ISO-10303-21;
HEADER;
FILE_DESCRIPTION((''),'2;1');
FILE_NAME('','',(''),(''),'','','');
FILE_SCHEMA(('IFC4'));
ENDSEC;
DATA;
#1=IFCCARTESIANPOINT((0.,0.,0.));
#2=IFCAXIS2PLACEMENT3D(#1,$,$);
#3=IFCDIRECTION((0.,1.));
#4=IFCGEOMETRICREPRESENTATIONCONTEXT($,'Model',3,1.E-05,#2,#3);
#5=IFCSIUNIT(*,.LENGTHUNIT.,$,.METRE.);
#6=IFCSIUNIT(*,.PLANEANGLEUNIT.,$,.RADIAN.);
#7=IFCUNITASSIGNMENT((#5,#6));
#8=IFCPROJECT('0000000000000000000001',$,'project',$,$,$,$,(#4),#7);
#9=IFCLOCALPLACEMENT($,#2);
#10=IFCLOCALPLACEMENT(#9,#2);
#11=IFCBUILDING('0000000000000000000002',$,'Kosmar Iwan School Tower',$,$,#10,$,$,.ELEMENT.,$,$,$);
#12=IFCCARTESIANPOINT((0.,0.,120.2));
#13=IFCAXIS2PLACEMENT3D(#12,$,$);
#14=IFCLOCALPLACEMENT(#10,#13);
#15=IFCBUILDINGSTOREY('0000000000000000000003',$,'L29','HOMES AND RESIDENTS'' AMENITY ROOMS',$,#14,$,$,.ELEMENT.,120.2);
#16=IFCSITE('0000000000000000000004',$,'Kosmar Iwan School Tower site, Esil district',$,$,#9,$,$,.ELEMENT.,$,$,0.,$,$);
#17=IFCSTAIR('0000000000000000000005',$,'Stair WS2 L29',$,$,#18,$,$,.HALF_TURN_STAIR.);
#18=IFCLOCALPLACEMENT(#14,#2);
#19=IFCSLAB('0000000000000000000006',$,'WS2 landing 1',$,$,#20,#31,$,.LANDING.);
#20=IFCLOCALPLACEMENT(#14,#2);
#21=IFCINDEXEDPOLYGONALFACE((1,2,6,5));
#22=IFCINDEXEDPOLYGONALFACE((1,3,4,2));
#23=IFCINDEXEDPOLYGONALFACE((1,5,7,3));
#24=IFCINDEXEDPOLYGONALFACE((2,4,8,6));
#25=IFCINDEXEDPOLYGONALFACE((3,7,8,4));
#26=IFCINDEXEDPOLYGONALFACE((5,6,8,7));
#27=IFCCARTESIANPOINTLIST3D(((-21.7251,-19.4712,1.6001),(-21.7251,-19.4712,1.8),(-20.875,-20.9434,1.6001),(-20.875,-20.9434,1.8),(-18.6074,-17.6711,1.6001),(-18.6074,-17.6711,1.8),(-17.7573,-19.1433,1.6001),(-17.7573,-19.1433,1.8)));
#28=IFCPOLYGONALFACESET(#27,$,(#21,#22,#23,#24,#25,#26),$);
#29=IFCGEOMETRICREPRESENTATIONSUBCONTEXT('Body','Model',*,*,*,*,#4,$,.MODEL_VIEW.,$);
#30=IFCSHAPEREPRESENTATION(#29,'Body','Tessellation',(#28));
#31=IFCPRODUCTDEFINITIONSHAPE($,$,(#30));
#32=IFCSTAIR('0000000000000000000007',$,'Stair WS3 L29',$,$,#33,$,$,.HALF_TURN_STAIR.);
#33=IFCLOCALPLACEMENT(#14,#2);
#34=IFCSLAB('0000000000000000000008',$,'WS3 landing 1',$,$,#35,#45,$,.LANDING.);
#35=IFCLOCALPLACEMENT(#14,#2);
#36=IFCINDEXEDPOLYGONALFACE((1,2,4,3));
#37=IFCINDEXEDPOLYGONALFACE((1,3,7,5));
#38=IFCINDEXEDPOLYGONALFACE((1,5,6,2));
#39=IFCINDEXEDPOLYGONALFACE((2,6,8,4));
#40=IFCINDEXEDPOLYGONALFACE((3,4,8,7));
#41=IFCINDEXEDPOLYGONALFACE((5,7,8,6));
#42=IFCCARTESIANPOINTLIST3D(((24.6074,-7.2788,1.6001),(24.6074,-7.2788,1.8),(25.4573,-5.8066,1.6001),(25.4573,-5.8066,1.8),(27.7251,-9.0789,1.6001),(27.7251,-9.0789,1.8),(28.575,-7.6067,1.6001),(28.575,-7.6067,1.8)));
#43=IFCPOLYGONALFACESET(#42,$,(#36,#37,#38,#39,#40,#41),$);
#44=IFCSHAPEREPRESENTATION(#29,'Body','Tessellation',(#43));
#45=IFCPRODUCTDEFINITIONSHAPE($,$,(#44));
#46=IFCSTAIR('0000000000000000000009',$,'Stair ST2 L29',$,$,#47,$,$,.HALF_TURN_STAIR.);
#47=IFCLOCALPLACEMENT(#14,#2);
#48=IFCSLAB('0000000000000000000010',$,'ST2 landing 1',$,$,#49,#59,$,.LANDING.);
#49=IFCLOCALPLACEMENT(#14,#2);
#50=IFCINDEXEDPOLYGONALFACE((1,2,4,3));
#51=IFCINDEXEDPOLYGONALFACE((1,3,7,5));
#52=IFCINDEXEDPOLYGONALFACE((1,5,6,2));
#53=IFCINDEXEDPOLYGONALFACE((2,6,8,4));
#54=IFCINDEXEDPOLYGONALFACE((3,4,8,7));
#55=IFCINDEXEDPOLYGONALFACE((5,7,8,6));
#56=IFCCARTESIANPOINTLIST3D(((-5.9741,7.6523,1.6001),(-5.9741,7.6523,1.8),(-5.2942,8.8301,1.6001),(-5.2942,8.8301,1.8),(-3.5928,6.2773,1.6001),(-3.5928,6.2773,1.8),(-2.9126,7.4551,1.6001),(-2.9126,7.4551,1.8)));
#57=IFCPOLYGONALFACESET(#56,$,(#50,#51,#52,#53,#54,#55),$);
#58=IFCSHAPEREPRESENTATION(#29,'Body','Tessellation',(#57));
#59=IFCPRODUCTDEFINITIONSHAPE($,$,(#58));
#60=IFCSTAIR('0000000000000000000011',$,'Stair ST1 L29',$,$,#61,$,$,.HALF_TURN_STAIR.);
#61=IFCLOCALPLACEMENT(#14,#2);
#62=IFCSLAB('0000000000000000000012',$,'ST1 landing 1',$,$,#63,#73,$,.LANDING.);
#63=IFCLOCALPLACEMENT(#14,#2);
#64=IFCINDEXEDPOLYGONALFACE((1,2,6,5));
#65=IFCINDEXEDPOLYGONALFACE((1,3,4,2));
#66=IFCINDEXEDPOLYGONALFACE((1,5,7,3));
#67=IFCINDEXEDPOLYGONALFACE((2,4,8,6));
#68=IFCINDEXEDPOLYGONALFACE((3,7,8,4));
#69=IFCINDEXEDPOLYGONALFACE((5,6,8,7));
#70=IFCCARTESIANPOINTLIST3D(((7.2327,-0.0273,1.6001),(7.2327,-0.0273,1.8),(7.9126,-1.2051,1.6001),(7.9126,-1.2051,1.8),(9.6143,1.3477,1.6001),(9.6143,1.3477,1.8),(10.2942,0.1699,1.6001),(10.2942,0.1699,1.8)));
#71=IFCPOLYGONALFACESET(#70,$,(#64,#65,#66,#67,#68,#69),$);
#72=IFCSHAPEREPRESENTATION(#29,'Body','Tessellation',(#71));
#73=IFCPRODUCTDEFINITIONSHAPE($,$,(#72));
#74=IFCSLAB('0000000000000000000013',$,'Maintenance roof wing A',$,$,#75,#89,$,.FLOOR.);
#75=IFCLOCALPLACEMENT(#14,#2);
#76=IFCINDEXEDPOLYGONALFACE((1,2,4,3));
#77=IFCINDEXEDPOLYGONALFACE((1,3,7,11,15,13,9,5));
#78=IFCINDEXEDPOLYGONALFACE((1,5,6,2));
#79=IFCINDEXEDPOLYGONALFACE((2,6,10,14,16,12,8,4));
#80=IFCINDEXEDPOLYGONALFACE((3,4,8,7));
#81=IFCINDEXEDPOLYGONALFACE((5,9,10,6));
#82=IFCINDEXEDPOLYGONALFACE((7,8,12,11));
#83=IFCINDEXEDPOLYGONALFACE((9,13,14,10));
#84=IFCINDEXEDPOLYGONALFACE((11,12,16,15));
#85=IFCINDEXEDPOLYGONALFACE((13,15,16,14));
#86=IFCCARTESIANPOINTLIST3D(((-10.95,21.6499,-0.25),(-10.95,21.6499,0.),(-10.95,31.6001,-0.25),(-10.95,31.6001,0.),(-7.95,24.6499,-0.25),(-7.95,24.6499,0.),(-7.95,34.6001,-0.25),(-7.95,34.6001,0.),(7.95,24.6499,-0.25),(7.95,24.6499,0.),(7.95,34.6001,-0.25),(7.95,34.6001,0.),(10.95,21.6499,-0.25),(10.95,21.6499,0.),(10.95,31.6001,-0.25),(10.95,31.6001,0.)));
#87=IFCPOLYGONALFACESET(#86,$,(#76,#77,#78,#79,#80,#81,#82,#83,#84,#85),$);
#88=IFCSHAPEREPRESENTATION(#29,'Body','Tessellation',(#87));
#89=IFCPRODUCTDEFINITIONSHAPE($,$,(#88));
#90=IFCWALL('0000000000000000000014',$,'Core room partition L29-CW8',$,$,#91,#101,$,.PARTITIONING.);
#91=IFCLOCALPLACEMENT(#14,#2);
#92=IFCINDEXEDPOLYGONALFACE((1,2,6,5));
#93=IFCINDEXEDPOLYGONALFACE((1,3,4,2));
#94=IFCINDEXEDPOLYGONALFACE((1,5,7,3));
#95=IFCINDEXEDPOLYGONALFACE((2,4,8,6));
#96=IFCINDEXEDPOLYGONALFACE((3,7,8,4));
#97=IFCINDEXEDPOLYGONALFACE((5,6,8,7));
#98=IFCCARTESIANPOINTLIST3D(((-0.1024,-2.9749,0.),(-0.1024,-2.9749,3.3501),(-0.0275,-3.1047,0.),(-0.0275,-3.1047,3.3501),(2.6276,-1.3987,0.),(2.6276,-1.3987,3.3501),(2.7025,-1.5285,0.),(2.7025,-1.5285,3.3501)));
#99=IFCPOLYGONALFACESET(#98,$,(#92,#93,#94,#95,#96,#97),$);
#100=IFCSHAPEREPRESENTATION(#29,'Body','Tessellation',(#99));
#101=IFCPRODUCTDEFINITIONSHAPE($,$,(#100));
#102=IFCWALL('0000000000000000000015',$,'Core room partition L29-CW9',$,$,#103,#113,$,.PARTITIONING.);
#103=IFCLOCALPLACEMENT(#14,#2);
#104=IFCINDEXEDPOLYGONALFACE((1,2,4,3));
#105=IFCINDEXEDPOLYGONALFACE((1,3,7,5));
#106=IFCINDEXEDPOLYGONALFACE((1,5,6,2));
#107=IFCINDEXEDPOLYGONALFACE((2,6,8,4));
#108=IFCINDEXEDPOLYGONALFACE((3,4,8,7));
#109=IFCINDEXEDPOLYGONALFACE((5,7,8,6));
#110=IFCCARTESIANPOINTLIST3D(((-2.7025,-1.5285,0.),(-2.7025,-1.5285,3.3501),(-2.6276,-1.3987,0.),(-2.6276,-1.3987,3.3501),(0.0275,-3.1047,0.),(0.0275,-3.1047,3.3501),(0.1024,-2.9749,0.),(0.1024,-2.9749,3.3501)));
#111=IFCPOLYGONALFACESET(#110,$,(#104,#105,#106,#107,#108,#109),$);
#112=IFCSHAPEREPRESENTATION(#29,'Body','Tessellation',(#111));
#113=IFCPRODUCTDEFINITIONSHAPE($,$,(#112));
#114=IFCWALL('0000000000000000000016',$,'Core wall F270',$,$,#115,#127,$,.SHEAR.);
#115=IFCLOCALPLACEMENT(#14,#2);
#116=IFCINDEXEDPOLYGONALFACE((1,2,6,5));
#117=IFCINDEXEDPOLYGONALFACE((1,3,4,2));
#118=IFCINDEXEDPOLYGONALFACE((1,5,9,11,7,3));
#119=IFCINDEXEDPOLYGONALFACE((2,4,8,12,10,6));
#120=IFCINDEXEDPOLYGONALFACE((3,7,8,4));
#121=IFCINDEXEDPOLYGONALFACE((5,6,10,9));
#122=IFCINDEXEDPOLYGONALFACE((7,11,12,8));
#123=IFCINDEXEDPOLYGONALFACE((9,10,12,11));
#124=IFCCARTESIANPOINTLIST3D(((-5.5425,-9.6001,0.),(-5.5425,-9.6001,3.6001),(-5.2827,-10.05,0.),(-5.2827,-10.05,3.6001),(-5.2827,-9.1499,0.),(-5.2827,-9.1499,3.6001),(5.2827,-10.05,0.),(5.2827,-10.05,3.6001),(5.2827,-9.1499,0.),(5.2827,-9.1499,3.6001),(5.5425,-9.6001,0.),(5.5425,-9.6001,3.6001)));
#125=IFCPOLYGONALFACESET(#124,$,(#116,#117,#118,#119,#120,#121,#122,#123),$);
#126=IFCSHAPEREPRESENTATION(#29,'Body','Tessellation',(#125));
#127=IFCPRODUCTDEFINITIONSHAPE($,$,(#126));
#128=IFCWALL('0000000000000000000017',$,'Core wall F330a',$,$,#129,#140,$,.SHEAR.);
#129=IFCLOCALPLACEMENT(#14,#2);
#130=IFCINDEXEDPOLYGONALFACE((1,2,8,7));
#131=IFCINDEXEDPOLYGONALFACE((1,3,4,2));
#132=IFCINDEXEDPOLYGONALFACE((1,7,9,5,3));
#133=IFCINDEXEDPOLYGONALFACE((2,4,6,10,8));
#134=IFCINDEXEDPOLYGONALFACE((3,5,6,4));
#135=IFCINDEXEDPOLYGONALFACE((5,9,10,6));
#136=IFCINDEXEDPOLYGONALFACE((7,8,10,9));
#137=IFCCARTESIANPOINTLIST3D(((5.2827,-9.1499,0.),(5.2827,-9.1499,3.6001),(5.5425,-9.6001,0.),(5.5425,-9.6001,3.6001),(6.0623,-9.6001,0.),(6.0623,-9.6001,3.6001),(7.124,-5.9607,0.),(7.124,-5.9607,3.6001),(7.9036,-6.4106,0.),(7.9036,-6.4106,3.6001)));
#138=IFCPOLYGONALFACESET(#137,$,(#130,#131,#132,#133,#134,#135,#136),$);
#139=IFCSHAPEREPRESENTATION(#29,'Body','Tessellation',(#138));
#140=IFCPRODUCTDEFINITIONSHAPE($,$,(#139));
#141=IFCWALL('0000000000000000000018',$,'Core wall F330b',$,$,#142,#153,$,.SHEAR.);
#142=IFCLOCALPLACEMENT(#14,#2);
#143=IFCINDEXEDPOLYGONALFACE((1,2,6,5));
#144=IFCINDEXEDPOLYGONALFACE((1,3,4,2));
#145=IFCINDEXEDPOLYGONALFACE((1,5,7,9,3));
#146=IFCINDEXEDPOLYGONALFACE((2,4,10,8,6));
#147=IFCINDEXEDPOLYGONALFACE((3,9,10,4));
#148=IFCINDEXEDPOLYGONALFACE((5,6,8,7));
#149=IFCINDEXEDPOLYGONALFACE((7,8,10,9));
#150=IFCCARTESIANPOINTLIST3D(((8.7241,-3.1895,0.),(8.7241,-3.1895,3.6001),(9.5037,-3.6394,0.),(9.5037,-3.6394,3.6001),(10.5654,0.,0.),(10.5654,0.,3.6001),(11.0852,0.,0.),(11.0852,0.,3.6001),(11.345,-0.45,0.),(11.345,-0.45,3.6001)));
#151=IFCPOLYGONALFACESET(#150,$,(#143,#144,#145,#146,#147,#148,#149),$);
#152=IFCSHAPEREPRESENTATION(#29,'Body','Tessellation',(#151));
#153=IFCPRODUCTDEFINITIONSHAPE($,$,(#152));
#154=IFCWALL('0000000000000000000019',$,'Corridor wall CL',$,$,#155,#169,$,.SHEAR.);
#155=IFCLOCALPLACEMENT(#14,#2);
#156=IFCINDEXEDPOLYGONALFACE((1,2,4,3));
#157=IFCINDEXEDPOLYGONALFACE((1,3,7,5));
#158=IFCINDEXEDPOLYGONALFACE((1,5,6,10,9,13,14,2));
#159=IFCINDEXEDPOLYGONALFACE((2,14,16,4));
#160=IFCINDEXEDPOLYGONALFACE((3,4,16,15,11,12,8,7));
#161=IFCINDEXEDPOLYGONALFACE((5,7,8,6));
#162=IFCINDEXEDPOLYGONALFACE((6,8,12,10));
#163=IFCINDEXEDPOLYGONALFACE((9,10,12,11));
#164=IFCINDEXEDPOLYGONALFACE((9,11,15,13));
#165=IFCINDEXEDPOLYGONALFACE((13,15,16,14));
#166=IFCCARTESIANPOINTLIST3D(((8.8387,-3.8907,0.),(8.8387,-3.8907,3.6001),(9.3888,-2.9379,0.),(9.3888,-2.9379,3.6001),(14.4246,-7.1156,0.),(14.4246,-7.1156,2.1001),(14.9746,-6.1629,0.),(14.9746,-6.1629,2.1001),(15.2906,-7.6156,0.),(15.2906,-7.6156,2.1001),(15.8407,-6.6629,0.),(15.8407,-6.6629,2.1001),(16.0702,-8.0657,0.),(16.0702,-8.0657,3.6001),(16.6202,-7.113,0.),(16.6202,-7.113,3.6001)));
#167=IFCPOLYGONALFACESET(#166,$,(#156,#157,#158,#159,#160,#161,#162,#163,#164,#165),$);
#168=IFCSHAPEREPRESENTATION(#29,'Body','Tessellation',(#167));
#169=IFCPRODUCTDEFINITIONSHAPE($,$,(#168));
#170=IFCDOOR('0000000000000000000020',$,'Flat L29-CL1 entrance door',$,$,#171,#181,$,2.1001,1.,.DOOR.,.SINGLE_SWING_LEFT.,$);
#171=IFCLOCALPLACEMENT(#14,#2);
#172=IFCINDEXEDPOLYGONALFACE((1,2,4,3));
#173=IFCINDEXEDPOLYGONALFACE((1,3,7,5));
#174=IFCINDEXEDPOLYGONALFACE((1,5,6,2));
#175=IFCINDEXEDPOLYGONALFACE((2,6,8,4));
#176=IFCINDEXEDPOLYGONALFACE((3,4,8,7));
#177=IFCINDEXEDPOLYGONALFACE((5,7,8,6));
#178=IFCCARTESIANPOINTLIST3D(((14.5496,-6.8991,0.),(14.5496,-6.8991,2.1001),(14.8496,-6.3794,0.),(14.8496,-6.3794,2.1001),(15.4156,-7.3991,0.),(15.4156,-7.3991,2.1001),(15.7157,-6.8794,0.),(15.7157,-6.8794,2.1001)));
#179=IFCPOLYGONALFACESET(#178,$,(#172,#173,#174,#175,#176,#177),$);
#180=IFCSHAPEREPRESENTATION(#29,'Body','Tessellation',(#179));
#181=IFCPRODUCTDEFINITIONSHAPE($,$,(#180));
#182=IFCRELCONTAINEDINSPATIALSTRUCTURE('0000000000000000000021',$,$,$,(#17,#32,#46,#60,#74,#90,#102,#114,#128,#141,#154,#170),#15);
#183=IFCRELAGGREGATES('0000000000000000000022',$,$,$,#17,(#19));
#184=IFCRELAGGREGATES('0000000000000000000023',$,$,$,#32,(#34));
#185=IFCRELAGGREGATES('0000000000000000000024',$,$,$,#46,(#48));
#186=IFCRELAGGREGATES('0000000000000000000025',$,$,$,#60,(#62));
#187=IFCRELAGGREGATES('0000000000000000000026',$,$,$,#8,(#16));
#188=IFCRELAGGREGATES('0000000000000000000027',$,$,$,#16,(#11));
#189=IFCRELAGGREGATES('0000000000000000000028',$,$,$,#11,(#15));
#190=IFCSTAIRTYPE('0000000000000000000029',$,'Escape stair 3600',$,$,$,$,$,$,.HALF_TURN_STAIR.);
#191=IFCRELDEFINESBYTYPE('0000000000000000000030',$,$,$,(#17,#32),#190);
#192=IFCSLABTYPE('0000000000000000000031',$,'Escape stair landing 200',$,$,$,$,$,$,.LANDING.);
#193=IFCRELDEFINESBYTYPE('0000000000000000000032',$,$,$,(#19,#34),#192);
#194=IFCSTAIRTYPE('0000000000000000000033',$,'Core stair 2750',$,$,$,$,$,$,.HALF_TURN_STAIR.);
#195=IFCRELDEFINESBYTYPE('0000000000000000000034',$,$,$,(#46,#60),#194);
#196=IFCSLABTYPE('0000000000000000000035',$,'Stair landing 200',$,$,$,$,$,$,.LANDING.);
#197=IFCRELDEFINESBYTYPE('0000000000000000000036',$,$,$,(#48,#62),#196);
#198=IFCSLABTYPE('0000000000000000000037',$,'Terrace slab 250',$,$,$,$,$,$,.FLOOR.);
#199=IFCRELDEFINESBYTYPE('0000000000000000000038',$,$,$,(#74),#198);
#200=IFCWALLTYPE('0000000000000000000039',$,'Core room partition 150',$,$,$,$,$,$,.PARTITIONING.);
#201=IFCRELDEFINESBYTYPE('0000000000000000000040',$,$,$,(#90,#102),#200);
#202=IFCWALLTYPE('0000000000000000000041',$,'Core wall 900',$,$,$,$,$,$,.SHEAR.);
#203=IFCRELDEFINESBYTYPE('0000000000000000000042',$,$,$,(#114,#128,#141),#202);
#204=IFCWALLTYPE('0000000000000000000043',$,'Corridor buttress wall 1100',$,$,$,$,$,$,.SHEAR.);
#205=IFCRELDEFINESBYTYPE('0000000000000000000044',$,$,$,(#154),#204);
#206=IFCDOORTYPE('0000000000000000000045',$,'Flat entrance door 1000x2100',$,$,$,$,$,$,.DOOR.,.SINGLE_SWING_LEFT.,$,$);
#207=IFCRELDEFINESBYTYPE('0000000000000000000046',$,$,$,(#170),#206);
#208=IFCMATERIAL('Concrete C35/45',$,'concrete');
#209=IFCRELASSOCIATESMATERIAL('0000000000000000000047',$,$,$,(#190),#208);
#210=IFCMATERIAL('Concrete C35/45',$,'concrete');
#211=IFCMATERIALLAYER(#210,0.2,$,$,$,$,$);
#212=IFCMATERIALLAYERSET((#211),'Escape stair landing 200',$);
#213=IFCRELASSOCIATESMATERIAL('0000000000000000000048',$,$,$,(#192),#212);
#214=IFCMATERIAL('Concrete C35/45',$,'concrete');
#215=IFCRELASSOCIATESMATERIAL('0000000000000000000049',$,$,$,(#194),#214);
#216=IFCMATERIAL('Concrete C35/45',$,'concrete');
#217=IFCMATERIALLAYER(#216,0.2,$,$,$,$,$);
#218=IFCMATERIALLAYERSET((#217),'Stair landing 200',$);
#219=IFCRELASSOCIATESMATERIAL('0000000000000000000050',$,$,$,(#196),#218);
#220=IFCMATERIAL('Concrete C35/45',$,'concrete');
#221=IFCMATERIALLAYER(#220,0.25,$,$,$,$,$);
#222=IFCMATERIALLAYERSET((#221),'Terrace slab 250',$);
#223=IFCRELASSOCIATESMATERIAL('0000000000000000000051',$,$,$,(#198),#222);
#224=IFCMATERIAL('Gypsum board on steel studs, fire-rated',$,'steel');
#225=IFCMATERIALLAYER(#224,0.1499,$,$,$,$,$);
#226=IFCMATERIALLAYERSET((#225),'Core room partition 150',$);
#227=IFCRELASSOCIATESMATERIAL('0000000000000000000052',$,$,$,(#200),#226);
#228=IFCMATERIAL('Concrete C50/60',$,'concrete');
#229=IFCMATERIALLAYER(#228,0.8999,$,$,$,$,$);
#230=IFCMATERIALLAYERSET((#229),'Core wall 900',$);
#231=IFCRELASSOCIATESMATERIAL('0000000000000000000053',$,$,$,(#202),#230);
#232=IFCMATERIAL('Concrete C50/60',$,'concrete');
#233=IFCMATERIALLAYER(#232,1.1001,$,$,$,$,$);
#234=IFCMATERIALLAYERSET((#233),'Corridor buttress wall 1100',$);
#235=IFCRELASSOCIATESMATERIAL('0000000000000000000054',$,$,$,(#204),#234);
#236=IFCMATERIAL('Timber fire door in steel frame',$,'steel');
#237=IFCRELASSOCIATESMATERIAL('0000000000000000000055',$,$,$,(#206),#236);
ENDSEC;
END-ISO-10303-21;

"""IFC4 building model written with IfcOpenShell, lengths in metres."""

from ifc_helpers import new_model, si_unit, direction, frame, frame_2d, origin, place, context, subcontext, project, spatial, polyline, rectangle, outline, extrude, material, layer, layer_set, type_object, element, fill, aggregate, save


model = new_model("IFC4")

# Units and contexts
model_context = context("Model", 3, precision=1e-05, world=origin(), true_north=direction((0.0, 1.0)))
body_context = subcontext(model_context, "Body", "Model", "MODEL_VIEW")
ifc_project = project(units=[si_unit("LENGTHUNIT", "METRE"), si_unit("PLANEANGLEUNIT", "RADIAN")], contexts=[model_context])

# Site, building, storey
site_placement = place(None, origin())
site = spatial("IfcSite", under=ifc_project, at=site_placement, Name="Kosmar Iwan School Tower site, Esil district", CompositionType="ELEMENT", RefElevation=0.0)
building_placement = place(site_placement, origin())
building = spatial("IfcBuilding", under=site, at=building_placement, Name="Kosmar Iwan School Tower", CompositionType="ELEMENT")
storey_placement = place(building_placement, frame((0.0, 0.0, 120.2)))
storey = spatial("IfcBuildingStorey", under=building, at=storey_placement, Name="L29", Description="HOMES AND RESIDENTS' AMENITY ROOMS", CompositionType="ELEMENT", Elevation=120.2)

# Stairs, slabs
ifc_material_1 = material(Name="Concrete C35/45", Category="concrete")
stair_type_1 = type_object("IfcStairType", Name="Escape stair 3600", PredefinedType="HALF_TURN_STAIR", material=ifc_material_1)
stair_1_placement = place(storey_placement, origin())
stair_1 = element("IfcStair", 1, at=stair_1_placement, inside=storey, type_object=stair_type_1, Name="Stair WS2 L29", PredefinedType="HALF_TURN_STAIR")
ifc_material_2 = material(Name="Concrete C35/45", Category="concrete")
ifc_layer_1 = layer(ifc_material_2, 0.2)
ifc_layer_set_1 = layer_set([ifc_layer_1], Name="Escape stair landing 200")
slab_type_1 = type_object("IfcSlabType", Name="Escape stair landing 200", PredefinedType="LANDING", material=ifc_layer_set_1)
slab_1_placement = place(storey_placement, frame((0.0, 0.0, 1.6001)))
slab_1 = element("IfcSlab", 2, at=slab_1_placement, type_object=slab_type_1, Name="WS2 landing 1", PredefinedType="LANDING", context=body_context, shape_type="SweptSolid", body=[
    extrude(outline(polyline([(-18.6074, -17.6711), (-21.7251, -19.4712), (-20.875, -20.9434), (-17.7573, -19.1433), (-18.6074, -17.6711)])), origin(), (0.0, 0.0, 1.0), 0.2),
])
aggregate(stair_1, [slab_1])
stair_2_placement = place(storey_placement, origin())
stair_2 = element("IfcStair", 3, at=stair_2_placement, inside=storey, type_object=stair_type_1, Name="Stair WS3 L29", PredefinedType="HALF_TURN_STAIR")
slab_2_placement = place(storey_placement, frame((0.0, 0.0, 1.6001)))
slab_2 = element("IfcSlab", 4, at=slab_2_placement, type_object=slab_type_1, Name="WS3 landing 1", PredefinedType="LANDING", context=body_context, shape_type="SweptSolid", body=[
    extrude(outline(polyline([(24.6074, -7.2788), (27.7251, -9.0789), (28.575, -7.6067), (25.4573, -5.8066), (24.6074, -7.2788)])), origin(), (0.0, 0.0, 1.0), 0.2),
])
aggregate(stair_2, [slab_2])
ifc_material_3 = material(Name="Concrete C35/45", Category="concrete")
stair_type_2 = type_object("IfcStairType", Name="Core stair 2750", PredefinedType="HALF_TURN_STAIR", material=ifc_material_3)
stair_3_placement = place(storey_placement, origin())
stair_3 = element("IfcStair", 5, at=stair_3_placement, inside=storey, type_object=stair_type_2, Name="Stair ST2 L29", PredefinedType="HALF_TURN_STAIR")
ifc_material_4 = material(Name="Concrete C35/45", Category="concrete")
ifc_layer_2 = layer(ifc_material_4, 0.2)
ifc_layer_set_2 = layer_set([ifc_layer_2], Name="Stair landing 200")
slab_type_2 = type_object("IfcSlabType", Name="Stair landing 200", PredefinedType="LANDING", material=ifc_layer_set_2)
slab_3_placement = place(storey_placement, frame((0.0, 0.0, 1.6001)))
slab_3 = element("IfcSlab", 6, at=slab_3_placement, type_object=slab_type_2, Name="ST2 landing 1", PredefinedType="LANDING", context=body_context, shape_type="SweptSolid", body=[
    extrude(outline(polyline([(-2.9126, 7.4551), (-5.2942, 8.8301), (-5.9741, 7.6523), (-3.5928, 6.2773), (-2.9126, 7.4551)])), origin(), (0.0, 0.0, 1.0), 0.2),
])
aggregate(stair_3, [slab_3])
stair_4_placement = place(storey_placement, origin())
stair_4 = element("IfcStair", 7, at=stair_4_placement, inside=storey, type_object=stair_type_2, Name="Stair ST1 L29", PredefinedType="HALF_TURN_STAIR")
slab_4_placement = place(storey_placement, frame((0.0, 0.0, 1.6001)))
slab_4 = element("IfcSlab", 8, at=slab_4_placement, type_object=slab_type_2, Name="ST1 landing 1", PredefinedType="LANDING", context=body_context, shape_type="SweptSolid", body=[
    extrude(outline(polyline([(7.9126, -1.2051), (10.2942, 0.1699), (9.6143, 1.3477), (7.2327, -0.0273), (7.9126, -1.2051)])), origin(), (0.0, 0.0, 1.0), 0.2),
])

# Slab
ifc_material_5 = material(Name="Concrete C35/45", Category="concrete")
ifc_layer_3 = layer(ifc_material_5, 0.25)
ifc_layer_set_3 = layer_set([ifc_layer_3], Name="Terrace slab 250")
slab_type_3 = type_object("IfcSlabType", Name="Terrace slab 250", PredefinedType="FLOOR", material=ifc_layer_set_3)
slab_5_placement = place(storey_placement, frame((0.0, 0.0, -0.25)))
element("IfcSlab", 9, at=slab_5_placement, inside=storey, type_object=slab_type_3, Name="Maintenance roof wing A", PredefinedType="FLOOR", context=body_context, shape_type="SweptSolid", body=[
    extrude(outline(polyline([(-10.95, 21.6499), (-7.95, 24.6499), (7.95, 24.6499), (10.95, 21.6499), (10.95, 31.6001), (7.95, 34.6001), (-7.95, 34.6001), (-10.95, 31.6001), (-10.95, 21.6499)])), origin(), (0.0, 0.0, 1.0), 0.25),
])

# Walls
ifc_material_6 = material(Name="Gypsum board on steel studs, fire-rated", Category="steel")
ifc_layer_4 = layer(ifc_material_6, 0.1499)
ifc_layer_set_4 = layer_set([ifc_layer_4], Name="Core room partition 150")
wall_type_1 = type_object("IfcWallType", Name="Core room partition 150", PredefinedType="PARTITIONING", material=ifc_layer_set_4)
for number, where, z_axis, x_axis, name in (
    (10, (2.665, -1.4636, 0.0), (0.0, 0.0, 1.0), (-0.866023, -0.500004, 0.0), "Core room partition L29-CW8"),
    (11, (0.0649, -3.0398, 0.0), (0.0, 0.0, 1.0), (-0.866023, 0.500004, 0.0), "Core room partition L29-CW9"),
):
    element("IfcWall", number, at=place(storey_placement, frame(where, z_axis=z_axis, x_axis=x_axis)), inside=storey, type_object=wall_type_1, Name=name, PredefinedType="PARTITIONING", context=body_context, shape_type="SweptSolid", body=[
        extrude(rectangle(XDim=3.1523, YDim=0.1499, at=frame_2d((1.5762, 0.0))), origin(), (0.0, 0.0, 1.0), 3.3501),
    ])
ifc_material_7 = material(Name="Concrete C50/60", Category="concrete")
ifc_layer_5 = layer(ifc_material_7, 0.8999)
ifc_layer_set_5 = layer_set([ifc_layer_5], Name="Core wall 900")
wall_type_2 = type_object("IfcWallType", Name="Core wall 900", PredefinedType="SHEAR", material=ifc_layer_set_5)
wall_1_placement = place(storey_placement, origin())
element("IfcWall", 12, at=wall_1_placement, inside=storey, type_object=wall_type_2, Name="Core wall F270", PredefinedType="SHEAR", context=body_context, shape_type="SweptSolid", body=[
    extrude(outline(polyline([(-5.2827, -10.05), (5.2827, -10.05), (5.5425, -9.6001), (5.2827, -9.1499), (-5.2827, -9.1499), (-5.5425, -9.6001), (-5.2827, -10.05)])), origin(), (0.0, 0.0, 1.0), 3.6001),
])
wall_2_placement = place(storey_placement, origin())
element("IfcWall", 13, at=wall_2_placement, inside=storey, type_object=wall_type_2, Name="Core wall F330a", PredefinedType="SHEAR", context=body_context, shape_type="SweptSolid", body=[
    extrude(outline(polyline([(5.5425, -9.6001), (6.0623, -9.6001), (7.9036, -6.4106), (7.124, -5.9607), (5.2827, -9.1499), (5.5425, -9.6001)])), origin(), (0.0, 0.0, 1.0), 3.6001),
])
wall_3_placement = place(storey_placement, origin())
element("IfcWall", 14, at=wall_3_placement, inside=storey, type_object=wall_type_2, Name="Core wall F330b", PredefinedType="SHEAR", context=body_context, shape_type="SweptSolid", body=[
    extrude(outline(polyline([(9.5037, -3.6394), (11.345, -0.45), (11.0852, 0.0), (10.5654, 0.0), (8.7241, -3.1895), (9.5037, -3.6394)])), origin(), (0.0, 0.0, 1.0), 3.6001),
])

# Wall, opening, door
ifc_material_8 = material(Name="Concrete C50/60", Category="concrete")
ifc_layer_6 = layer(ifc_material_8, 1.1001)
ifc_layer_set_6 = layer_set([ifc_layer_6], Name="Corridor buttress wall 1100")
wall_type_3 = type_object("IfcWallType", Name="Corridor buttress wall 1100", PredefinedType="SHEAR", material=ifc_layer_set_6)
wall_4_placement = place(storey_placement, frame((9.1138, -3.4143, 0.0), z_axis=(0.0, 0.0, 1.0), x_axis=(0.866027, -0.499997, 0.0)))
wall_4 = element("IfcWall", 15, at=wall_4_placement, inside=storey, type_object=wall_type_3, Name="Corridor wall CL", PredefinedType="SHEAR", context=body_context, shape_type="SweptSolid", body=[
    extrude(rectangle(XDim=8.3501, YDim=1.1001, at=frame_2d((4.175, 0.0))), origin(), (0.0, 0.0, 1.0), 3.6001),
])
opening_1_placement = place(wall_4_placement, frame((6.45, 0.0, 0.0)))
opening_1 = element("IfcOpeningElement", 16, at=opening_1_placement, cuts=wall_4, PredefinedType="OPENING", context=body_context, shape_type="SweptSolid", body=[
    extrude(rectangle(XDim=1.0, YDim=2.1001, at=frame_2d((0.5, 1.05))), frame((0.0, 0.562, 0.0), z_axis=(0.0, -1.0, 0.0), x_axis=(1.0, 0.0, 0.0)), (0.0, 0.0, 1.0), 1.124),
])
ifc_material_9 = material(Name="Timber fire door in steel frame", Category="steel")
door_type_1 = type_object("IfcDoorType", Name="Flat entrance door 1000x2100", OperationType="SINGLE_SWING_LEFT", PredefinedType="DOOR", material=ifc_material_9)
door_1_placement = place(opening_1_placement, origin())
door_1 = element("IfcDoor", 17, at=door_1_placement, inside=storey, type_object=door_type_1, Name="Flat L29-CL1 entrance door", OperationType="SINGLE_SWING_LEFT", OverallHeight=2.1001, OverallWidth=1.0, PredefinedType="DOOR", context=body_context, shape_type="SweptSolid", body=[
    extrude(rectangle(XDim=1.0, YDim=2.1001, at=frame_2d((0.5, 1.05))), frame((0.0, 0.3, 0.0), z_axis=(0.0, -1.0, 0.0), x_axis=(1.0, 0.0, 0.0)), (0.0, 0.0, 1.0), 0.6001),
])
fill(opening_1, door_1)

aggregate(stair_4, [slab_4])

save(model, "model.ifc")
